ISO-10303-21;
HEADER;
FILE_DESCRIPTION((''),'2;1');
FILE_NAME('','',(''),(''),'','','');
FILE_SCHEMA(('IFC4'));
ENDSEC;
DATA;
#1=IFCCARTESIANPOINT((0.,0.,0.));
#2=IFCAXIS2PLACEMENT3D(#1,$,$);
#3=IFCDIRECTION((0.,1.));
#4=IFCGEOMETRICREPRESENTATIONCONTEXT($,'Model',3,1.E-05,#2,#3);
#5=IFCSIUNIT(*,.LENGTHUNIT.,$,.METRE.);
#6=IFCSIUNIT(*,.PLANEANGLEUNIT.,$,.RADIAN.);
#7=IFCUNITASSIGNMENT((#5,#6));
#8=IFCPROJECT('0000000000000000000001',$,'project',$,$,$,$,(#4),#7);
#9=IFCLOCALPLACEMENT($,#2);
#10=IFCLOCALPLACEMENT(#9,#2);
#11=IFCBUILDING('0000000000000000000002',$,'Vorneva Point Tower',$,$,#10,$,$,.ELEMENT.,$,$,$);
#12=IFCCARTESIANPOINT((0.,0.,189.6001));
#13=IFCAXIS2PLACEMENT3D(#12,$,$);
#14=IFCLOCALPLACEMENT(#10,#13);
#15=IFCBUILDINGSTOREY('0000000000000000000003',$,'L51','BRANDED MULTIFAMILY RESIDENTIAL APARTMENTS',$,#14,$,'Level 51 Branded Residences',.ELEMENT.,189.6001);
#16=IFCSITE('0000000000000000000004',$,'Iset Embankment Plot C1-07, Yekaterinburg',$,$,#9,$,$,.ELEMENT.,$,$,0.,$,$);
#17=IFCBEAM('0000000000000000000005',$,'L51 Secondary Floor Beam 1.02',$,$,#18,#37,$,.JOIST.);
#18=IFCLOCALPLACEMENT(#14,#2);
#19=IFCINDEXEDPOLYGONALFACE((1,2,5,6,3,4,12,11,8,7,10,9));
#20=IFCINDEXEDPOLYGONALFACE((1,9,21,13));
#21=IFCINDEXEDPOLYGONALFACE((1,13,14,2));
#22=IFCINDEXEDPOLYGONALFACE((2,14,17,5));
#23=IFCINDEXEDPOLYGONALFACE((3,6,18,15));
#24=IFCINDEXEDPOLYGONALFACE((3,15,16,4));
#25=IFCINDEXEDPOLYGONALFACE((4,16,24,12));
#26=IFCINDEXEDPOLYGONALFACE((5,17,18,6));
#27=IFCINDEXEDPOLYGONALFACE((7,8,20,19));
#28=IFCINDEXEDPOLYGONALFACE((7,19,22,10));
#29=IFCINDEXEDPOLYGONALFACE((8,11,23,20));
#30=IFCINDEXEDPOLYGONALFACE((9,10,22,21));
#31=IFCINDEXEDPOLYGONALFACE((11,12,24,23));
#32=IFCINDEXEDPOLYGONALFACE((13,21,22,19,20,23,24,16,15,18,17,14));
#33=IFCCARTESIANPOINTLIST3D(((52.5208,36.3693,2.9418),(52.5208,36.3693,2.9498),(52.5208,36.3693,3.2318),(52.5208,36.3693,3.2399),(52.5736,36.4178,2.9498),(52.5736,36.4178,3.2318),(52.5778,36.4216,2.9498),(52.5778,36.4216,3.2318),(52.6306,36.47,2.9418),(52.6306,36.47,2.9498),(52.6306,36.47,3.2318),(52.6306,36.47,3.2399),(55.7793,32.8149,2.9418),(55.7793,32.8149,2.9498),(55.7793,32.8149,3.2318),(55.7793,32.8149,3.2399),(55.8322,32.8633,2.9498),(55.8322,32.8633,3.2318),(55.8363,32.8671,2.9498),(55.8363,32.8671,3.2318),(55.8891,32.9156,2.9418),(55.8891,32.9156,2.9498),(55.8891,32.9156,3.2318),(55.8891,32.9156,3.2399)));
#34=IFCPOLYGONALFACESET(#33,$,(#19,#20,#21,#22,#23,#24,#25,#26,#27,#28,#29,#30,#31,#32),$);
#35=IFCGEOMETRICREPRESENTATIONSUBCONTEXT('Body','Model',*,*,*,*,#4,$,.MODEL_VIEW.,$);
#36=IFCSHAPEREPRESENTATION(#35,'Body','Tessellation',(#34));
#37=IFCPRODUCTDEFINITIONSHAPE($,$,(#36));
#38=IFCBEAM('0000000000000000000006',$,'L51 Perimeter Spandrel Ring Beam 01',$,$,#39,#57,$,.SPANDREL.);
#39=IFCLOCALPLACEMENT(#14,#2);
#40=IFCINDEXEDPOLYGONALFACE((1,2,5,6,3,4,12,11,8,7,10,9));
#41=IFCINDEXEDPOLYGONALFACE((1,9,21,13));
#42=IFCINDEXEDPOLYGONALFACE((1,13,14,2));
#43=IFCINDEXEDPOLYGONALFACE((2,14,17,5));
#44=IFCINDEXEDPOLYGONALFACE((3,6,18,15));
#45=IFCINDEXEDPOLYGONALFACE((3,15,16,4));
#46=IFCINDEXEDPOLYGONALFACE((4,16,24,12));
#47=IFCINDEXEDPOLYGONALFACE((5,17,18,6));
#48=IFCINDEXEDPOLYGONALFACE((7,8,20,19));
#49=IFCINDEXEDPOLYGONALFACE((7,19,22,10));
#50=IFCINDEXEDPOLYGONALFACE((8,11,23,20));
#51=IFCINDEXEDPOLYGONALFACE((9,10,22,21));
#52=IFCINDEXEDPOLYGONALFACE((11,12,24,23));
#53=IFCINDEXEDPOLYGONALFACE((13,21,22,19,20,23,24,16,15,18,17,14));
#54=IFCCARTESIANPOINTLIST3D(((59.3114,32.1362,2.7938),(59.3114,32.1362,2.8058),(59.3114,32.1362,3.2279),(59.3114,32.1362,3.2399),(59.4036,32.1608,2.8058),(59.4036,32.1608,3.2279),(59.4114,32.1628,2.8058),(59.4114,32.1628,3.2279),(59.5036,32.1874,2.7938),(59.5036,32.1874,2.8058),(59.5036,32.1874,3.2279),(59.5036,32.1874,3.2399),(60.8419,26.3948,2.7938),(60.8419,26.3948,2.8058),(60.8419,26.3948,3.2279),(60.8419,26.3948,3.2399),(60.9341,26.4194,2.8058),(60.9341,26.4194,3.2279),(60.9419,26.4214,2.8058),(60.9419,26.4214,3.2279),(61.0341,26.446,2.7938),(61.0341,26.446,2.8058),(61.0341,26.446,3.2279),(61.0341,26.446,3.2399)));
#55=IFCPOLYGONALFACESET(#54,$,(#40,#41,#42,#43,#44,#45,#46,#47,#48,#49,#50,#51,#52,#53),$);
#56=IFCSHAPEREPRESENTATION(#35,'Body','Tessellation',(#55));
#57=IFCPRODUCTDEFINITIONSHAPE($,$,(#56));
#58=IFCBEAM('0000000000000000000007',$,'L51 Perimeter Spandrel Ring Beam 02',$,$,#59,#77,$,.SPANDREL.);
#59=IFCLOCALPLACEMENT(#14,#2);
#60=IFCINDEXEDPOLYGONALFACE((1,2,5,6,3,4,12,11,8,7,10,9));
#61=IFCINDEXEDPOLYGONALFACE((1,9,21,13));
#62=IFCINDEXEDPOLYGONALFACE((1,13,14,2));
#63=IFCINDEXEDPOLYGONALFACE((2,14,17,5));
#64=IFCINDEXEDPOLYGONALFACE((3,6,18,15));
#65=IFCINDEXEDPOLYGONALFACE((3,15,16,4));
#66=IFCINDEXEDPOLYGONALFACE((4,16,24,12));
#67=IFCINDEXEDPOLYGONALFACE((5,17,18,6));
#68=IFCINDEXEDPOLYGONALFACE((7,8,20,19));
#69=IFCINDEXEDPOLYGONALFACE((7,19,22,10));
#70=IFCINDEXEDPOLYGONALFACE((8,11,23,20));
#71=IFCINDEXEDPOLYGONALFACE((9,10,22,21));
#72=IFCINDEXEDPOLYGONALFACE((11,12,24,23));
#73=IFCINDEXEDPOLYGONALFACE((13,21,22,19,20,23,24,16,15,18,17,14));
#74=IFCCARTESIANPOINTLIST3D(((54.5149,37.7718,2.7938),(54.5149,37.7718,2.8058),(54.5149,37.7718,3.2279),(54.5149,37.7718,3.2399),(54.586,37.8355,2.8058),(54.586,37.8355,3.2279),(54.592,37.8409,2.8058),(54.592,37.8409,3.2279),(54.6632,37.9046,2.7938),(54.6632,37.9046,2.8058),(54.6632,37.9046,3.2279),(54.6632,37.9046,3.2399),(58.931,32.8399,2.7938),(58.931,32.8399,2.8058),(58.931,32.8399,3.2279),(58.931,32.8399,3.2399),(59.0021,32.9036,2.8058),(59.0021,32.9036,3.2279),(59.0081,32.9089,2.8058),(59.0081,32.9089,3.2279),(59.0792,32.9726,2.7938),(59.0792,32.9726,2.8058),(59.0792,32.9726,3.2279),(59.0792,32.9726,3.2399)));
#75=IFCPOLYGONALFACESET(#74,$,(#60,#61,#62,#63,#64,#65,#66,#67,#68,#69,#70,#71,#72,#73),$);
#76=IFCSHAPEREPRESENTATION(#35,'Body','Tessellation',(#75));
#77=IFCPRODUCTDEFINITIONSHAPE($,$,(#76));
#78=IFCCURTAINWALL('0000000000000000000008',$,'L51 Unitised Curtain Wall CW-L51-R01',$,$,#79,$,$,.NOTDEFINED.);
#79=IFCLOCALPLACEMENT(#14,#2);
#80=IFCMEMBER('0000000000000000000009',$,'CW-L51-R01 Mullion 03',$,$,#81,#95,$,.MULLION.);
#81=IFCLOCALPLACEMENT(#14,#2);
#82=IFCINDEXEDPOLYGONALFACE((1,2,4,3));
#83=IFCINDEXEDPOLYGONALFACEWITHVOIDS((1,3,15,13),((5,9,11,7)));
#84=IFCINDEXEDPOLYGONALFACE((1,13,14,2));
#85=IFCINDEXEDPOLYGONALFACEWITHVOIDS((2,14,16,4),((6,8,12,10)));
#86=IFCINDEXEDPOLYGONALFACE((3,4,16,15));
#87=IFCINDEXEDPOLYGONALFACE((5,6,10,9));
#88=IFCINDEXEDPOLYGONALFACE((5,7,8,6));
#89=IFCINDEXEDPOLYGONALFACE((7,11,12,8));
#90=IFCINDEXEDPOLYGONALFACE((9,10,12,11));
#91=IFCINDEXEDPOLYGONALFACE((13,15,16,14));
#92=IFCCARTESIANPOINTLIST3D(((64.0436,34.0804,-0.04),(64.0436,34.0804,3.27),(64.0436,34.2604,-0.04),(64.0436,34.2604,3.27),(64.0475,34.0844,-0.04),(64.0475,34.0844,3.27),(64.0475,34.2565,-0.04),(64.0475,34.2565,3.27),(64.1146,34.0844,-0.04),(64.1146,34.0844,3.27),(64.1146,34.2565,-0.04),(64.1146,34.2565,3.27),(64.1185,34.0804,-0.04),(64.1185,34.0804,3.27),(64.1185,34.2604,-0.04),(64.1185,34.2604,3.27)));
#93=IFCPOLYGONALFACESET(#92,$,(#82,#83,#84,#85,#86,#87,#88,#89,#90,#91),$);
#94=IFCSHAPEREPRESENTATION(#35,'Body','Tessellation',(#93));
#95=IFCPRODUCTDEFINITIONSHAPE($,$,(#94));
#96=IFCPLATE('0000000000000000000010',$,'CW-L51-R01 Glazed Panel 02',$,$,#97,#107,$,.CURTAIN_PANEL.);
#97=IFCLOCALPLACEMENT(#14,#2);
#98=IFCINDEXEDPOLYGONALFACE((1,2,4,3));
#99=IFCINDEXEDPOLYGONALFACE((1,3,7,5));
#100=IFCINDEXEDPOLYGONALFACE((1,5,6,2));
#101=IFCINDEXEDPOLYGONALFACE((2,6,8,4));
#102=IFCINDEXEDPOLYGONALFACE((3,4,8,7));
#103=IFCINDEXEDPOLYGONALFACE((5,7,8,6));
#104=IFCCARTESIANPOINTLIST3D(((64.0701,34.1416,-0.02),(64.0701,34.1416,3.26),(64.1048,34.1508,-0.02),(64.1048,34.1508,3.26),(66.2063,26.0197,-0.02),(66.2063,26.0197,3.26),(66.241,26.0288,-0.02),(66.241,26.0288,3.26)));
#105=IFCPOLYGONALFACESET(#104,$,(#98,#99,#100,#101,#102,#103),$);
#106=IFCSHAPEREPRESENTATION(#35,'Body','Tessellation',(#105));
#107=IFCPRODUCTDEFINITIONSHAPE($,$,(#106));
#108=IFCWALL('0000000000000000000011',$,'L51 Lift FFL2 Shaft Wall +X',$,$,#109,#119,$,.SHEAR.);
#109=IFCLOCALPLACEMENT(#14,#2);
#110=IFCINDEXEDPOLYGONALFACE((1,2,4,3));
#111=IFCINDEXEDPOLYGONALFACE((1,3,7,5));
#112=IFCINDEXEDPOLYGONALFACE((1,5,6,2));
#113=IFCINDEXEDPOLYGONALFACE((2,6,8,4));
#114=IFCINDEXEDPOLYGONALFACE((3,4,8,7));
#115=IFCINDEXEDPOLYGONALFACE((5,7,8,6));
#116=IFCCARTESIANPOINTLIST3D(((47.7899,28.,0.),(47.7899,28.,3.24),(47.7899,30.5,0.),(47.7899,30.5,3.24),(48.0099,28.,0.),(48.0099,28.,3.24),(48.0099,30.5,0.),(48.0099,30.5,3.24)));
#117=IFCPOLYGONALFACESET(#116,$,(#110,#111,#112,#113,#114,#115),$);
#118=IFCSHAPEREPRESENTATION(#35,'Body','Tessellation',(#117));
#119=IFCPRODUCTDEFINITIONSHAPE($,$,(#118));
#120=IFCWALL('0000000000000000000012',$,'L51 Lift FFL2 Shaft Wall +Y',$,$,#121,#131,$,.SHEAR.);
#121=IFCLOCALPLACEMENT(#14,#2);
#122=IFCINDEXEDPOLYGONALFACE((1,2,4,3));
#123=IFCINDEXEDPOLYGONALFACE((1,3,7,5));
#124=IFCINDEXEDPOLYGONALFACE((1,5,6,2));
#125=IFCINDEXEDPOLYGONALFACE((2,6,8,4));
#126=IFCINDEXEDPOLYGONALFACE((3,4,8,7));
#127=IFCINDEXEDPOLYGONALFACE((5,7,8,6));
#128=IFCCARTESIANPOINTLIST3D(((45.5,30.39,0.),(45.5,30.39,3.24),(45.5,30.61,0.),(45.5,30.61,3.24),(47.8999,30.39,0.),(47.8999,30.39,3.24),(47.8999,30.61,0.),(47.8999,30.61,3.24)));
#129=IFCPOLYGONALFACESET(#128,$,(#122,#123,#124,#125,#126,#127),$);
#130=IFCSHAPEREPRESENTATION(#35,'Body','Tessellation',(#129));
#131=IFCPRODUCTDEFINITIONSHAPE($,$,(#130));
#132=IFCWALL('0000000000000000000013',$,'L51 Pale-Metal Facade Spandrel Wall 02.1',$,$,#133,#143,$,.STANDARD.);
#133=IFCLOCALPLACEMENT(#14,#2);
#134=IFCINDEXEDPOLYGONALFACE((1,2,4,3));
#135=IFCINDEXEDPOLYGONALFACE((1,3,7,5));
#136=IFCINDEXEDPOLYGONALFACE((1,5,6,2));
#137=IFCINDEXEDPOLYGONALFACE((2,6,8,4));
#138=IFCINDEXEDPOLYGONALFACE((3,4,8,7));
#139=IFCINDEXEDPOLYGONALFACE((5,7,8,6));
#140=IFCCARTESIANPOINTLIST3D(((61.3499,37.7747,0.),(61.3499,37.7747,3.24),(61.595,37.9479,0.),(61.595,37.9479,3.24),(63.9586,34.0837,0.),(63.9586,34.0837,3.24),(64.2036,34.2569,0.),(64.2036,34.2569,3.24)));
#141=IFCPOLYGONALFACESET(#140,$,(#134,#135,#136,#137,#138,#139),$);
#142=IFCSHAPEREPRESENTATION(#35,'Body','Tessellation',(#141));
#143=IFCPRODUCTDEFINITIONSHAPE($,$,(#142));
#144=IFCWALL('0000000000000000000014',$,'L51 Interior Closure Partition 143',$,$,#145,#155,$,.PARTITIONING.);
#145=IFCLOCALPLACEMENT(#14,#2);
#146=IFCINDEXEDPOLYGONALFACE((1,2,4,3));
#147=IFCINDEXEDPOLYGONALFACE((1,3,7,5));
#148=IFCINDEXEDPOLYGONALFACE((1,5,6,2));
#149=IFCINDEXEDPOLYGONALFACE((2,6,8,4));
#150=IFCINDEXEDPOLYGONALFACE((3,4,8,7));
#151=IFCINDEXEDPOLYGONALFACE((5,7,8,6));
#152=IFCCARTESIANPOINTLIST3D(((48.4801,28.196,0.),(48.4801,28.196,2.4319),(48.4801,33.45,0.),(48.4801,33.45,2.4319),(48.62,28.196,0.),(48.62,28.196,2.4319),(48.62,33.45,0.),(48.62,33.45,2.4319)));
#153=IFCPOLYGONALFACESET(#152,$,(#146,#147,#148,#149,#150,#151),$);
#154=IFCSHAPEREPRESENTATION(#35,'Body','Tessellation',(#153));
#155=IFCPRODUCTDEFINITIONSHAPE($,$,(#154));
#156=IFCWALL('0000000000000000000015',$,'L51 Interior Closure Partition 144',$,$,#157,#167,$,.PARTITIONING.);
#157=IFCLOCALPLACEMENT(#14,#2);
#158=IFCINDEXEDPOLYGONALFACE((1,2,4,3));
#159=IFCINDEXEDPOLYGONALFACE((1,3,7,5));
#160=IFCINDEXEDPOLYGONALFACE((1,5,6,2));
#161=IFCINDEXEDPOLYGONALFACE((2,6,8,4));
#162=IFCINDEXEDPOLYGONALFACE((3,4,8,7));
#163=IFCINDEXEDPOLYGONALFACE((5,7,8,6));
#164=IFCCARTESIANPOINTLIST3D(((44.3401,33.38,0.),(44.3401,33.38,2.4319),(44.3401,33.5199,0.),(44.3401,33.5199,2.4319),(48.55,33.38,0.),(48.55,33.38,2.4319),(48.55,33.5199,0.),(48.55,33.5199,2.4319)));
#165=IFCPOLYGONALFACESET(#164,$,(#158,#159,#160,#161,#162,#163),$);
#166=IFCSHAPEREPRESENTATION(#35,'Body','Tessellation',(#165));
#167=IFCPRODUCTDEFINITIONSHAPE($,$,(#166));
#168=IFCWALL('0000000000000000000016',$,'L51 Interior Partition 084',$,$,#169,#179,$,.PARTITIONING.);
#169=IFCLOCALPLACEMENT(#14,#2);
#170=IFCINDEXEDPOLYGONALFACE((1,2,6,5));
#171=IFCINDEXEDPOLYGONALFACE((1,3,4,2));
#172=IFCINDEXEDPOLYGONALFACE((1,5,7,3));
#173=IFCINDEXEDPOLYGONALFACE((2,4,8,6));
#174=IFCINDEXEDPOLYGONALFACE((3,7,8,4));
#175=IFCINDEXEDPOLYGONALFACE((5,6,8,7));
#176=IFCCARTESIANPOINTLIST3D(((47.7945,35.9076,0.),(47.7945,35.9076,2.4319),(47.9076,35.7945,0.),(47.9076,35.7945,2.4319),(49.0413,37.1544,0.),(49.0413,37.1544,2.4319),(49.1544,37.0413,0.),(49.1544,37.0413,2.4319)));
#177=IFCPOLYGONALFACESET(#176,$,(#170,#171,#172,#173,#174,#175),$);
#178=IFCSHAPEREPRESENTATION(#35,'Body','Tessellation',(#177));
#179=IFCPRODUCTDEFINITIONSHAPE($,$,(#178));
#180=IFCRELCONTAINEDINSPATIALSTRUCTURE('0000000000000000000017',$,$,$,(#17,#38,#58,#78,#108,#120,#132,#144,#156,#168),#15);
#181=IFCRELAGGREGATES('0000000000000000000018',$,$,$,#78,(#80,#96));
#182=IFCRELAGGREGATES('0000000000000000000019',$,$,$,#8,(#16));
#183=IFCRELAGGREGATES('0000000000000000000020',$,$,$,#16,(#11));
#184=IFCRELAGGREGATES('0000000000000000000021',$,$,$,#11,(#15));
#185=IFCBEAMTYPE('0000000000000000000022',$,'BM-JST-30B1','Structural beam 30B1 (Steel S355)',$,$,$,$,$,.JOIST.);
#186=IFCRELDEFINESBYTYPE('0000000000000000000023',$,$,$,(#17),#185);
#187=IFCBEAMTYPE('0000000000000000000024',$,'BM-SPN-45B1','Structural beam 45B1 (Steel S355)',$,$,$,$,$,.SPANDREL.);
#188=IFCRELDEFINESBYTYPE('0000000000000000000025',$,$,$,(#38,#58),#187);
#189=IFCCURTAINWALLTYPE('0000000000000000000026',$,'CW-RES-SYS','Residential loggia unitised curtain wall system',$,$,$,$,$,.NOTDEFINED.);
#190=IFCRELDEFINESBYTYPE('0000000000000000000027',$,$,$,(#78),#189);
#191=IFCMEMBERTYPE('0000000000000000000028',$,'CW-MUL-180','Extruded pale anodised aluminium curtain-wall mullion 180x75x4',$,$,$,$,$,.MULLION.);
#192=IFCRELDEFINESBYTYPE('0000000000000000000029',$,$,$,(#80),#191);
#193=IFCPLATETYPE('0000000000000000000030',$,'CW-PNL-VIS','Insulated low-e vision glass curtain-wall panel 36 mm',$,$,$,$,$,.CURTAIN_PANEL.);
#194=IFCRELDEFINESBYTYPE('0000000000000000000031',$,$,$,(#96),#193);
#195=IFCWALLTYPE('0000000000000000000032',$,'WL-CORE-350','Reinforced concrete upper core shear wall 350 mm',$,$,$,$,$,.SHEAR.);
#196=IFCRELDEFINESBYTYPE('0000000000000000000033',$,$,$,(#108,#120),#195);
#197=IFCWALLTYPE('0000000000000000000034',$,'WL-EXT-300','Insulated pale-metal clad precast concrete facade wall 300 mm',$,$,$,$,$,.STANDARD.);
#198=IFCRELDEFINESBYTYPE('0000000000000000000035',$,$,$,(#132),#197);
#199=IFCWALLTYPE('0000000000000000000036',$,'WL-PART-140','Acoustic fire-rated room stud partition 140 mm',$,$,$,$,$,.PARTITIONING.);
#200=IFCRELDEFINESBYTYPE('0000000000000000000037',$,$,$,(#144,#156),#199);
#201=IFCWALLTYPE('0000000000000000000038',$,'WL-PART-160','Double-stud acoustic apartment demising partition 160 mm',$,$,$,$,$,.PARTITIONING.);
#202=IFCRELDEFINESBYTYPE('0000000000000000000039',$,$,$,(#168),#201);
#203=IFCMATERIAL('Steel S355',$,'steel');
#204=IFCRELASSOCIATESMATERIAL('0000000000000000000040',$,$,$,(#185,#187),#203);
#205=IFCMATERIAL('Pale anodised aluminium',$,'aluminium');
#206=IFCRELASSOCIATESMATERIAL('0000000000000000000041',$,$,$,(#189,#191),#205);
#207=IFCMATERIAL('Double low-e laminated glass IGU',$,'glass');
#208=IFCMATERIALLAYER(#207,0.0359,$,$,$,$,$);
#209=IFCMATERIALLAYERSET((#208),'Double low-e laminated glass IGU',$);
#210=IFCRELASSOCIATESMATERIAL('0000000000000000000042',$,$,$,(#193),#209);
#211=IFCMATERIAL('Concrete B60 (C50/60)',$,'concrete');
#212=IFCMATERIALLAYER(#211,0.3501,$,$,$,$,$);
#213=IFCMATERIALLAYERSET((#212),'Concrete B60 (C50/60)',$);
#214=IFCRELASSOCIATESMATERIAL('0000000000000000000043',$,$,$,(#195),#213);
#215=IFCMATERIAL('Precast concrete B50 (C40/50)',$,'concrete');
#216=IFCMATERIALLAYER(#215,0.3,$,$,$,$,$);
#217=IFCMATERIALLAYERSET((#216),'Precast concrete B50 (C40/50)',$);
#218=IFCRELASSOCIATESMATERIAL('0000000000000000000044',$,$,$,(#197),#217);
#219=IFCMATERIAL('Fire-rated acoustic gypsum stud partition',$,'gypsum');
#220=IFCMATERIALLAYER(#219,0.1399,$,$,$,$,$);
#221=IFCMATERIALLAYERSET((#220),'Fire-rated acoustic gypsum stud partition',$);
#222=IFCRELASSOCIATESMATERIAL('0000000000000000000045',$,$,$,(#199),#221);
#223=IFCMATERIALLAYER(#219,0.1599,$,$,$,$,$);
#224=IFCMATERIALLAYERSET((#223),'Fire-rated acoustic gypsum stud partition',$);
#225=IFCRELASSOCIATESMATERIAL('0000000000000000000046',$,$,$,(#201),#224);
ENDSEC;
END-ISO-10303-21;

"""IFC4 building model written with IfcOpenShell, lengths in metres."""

from ifc_helpers import new_model, si_unit, direction, frame, frame_2d, origin, origin_2d, place, context, subcontext, project, spatial, rectangle, hollow_rectangle, i_section, extrude, material, layer, layer_set, material_profile, profile_set, type_object, element, aggregate, save


model = new_model("IFC4")

# Units and contexts
model_context = context("Model", 3, precision=1e-05, world=origin(), true_north=direction((0.0, 1.0)))
body_context = subcontext(model_context, "Body", "Model", "MODEL_VIEW")
ifc_project = project(units=[si_unit("LENGTHUNIT", "METRE"), si_unit("PLANEANGLEUNIT", "RADIAN")], contexts=[model_context])

# Site, building, storey
site_placement = place(None, origin())
site = spatial("IfcSite", under=ifc_project, at=site_placement, Name="Iset Embankment Plot C1-07, Yekaterinburg", CompositionType="ELEMENT", RefElevation=0.0)
building_placement = place(site_placement, origin())
building = spatial("IfcBuilding", under=site, at=building_placement, Name="Vorneva Point Tower", CompositionType="ELEMENT")
storey_placement = place(building_placement, frame((0.0, 0.0, 189.6001)))
storey = spatial("IfcBuildingStorey", under=building, at=storey_placement, Name="L51", Description="BRANDED MULTIFAMILY RESIDENTIAL APARTMENTS", LongName="Level 51 Branded Residences", CompositionType="ELEMENT", Elevation=189.6001)

# Beams
ifc_material_1 = material(Name="Steel S355", Category="steel")
ifc_material_profile_1 = material_profile(ifc_material_1, i_section(OverallWidth=0.1489, OverallDepth=0.2981, WebThickness=0.0056, FlangeThickness=0.0081, at=origin_2d()), Name="30B1")
ifc_profile_set_1 = profile_set([ifc_material_profile_1], Name="Steel S355")
beam_type_1 = type_object("IfcBeamType", Name="BM-JST-30B1", Description="Structural beam 30B1 (Steel S355)", PredefinedType="JOIST", material=ifc_profile_set_1)
beam_1_placement = place(storey_placement, frame((55.8342, 32.8652, 3.0908), z_axis=(-0.675759, 0.737123, 0.0), x_axis=(-0.737123, -0.675759, 0.0)))
element("IfcBeam", 1, at=beam_1_placement, inside=storey, type_object=beam_type_1, Name="L51 Secondary Floor Beam 1.02", PredefinedType="JOIST", context=body_context, shape_type="SweptSolid", body=[
    extrude(i_section(OverallWidth=0.1489, OverallDepth=0.2981, WebThickness=0.0056, FlangeThickness=0.0081, at=origin_2d()), origin(), (0.0, 0.0, 1.0), 4.822),
])
ifc_material_profile_2 = material_profile(ifc_material_1, i_section(OverallWidth=0.199, OverallDepth=0.446, WebThickness=0.0081, FlangeThickness=0.012, at=origin_2d()), Name="45B1")
ifc_profile_set_2 = profile_set([ifc_material_profile_2], Name="Steel S355")
beam_type_2 = type_object("IfcBeamType", Name="BM-SPN-45B1", Description="Structural beam 45B1 (Steel S355)", PredefinedType="SPANDREL", material=ifc_profile_set_2)
beam_2_placement = place(storey_placement, frame((60.938, 26.4204, 3.0168), z_axis=(-0.257578, 0.966257, 0.0), x_axis=(-0.966257, -0.257578, 0.0)))
element("IfcBeam", 2, at=beam_2_placement, inside=storey, type_object=beam_type_2, Name="L51 Perimeter Spandrel Ring Beam 01", PredefinedType="SPANDREL", context=body_context, shape_type="SweptSolid", body=[
    extrude(i_section(OverallWidth=0.199, OverallDepth=0.446, WebThickness=0.0081, FlangeThickness=0.012, at=origin_2d()), origin(), (0.0, 0.0, 1.0), 5.9419),
])
beam_3_placement = place(storey_placement, frame((59.0051, 32.9062, 3.0168), z_axis=(-0.66707, 0.744995, 0.0), x_axis=(-0.744995, -0.66707, 0.0)))
element("IfcBeam", 3, at=beam_3_placement, inside=storey, type_object=beam_type_2, Name="L51 Perimeter Spandrel Ring Beam 02", PredefinedType="SPANDREL", context=body_context, shape_type="SweptSolid", body=[
    extrude(i_section(OverallWidth=0.199, OverallDepth=0.446, WebThickness=0.0081, FlangeThickness=0.012, at=origin_2d()), origin(), (0.0, 0.0, 1.0), 6.6201),
])

# Curtain wall, member, plate
ifc_material_2 = material(Name="Pale anodised aluminium", Category="aluminium")
curtain_wall_type = type_object("IfcCurtainWallType", Name="CW-RES-SYS", Description="Residential loggia unitised curtain wall system", PredefinedType="NOTDEFINED", material=ifc_material_2)
curtain_wall_placement = place(storey_placement, origin())
curtain_wall = element("IfcCurtainWall", 4, at=curtain_wall_placement, inside=storey, type_object=curtain_wall_type, Name="L51 Unitised Curtain Wall CW-L51-R01", PredefinedType="NOTDEFINED")
ifc_material_profile_3 = material_profile(ifc_material_2, hollow_rectangle(XDim=0.075, YDim=0.1799, WallThickness=0.0039, at=origin_2d()), Name="AL-MUL 180x75x4")
ifc_profile_set_3 = profile_set([ifc_material_profile_3], Name="Pale anodised aluminium")
member_type = type_object("IfcMemberType", Name="CW-MUL-180", Description="Extruded pale anodised aluminium curtain-wall mullion 180x75x4", PredefinedType="MULLION", material=ifc_profile_set_3)
member_placement = place(storey_placement, frame((64.0811, 34.1704, -0.04), z_axis=(0.0, 0.0, 1.0), x_axis=(1.0, 0.0, 0.0)))
member = element("IfcMember", 5, at=member_placement, type_object=member_type, Name="CW-L51-R01 Mullion 03", PredefinedType="MULLION", context=body_context, shape_type="SweptSolid", body=[
    extrude(hollow_rectangle(XDim=0.075, YDim=0.1799, WallThickness=0.0039, at=origin_2d()), origin(), (0.0, 0.0, 1.0), 3.3101),
])
ifc_material_3 = material(Name="Double low-e laminated glass IGU", Category="glass")
ifc_layer_1 = layer(ifc_material_3, 0.0359)
ifc_layer_set_1 = layer_set([ifc_layer_1], Name="Double low-e laminated glass IGU")
plate_type = type_object("IfcPlateType", Name="CW-PNL-VIS", Description="Insulated low-e vision glass curtain-wall panel 36 mm", PredefinedType="CURTAIN_PANEL", material=ifc_layer_set_1)
plate_placement = place(storey_placement, frame((65.1555, 30.0852, -0.02), z_axis=(0.0, 0.0, 1.0), x_axis=(-0.254366, 0.967108, 0.0)))
plate = element("IfcPlate", 6, at=plate_placement, type_object=plate_type, Name="CW-L51-R01 Glazed Panel 02", PredefinedType="CURTAIN_PANEL", context=body_context, shape_type="SweptSolid", body=[
    extrude(rectangle(XDim=8.3982, YDim=0.0359, at=origin_2d()), origin(), (0.0, 0.0, 1.0), 3.28),
])
aggregate(curtain_wall, [member, plate])

# Walls
ifc_material_4 = material(Name="Concrete B60 (C50/60)", Category="concrete")
ifc_layer_2 = layer(ifc_material_4, 0.3501)
ifc_layer_set_2 = layer_set([ifc_layer_2], Name="Concrete B60 (C50/60)")
wall_type_1 = type_object("IfcWallType", Name="WL-CORE-350", Description="Reinforced concrete upper core shear wall 350 mm", PredefinedType="SHEAR", material=ifc_layer_set_2)
wall_1_placement = place(storey_placement, frame((47.8999, 28.0, 0.0), z_axis=(0.0, 0.0, 1.0), x_axis=(0.0, 1.0, 0.0)))
element("IfcWall", 7, at=wall_1_placement, inside=storey, type_object=wall_type_1, Name="L51 Lift FFL2 Shaft Wall +X", PredefinedType="SHEAR", context=body_context, shape_type="SweptSolid", body=[
    extrude(rectangle(XDim=2.5, YDim=0.22, at=frame_2d((1.25, 0.0))), origin(), (0.0, 0.0, 1.0), 3.24),
])
wall_2_placement = place(storey_placement, frame((47.8999, 30.5, 0.0), z_axis=(0.0, 0.0, 1.0), x_axis=(-1.0, 0.0, 0.0)))
element("IfcWall", 8, at=wall_2_placement, inside=storey, type_object=wall_type_1, Name="L51 Lift FFL2 Shaft Wall +Y", PredefinedType="SHEAR", context=body_context, shape_type="SweptSolid", body=[
    extrude(rectangle(XDim=2.3999, YDim=0.22, at=frame_2d((1.2, 0.0))), origin(), (0.0, 0.0, 1.0), 3.24),
])
ifc_material_5 = material(Name="Precast concrete B50 (C40/50)", Category="concrete")
ifc_layer_3 = layer(ifc_material_5, 0.3)
ifc_layer_set_3 = layer_set([ifc_layer_3], Name="Precast concrete B50 (C40/50)")
wall_type_2 = type_object("IfcWallType", Name="WL-EXT-300", Description="Insulated pale-metal clad precast concrete facade wall 300 mm", PredefinedType="STANDARD", material=ifc_layer_set_3)
wall_3_placement = place(storey_placement, frame((64.0811, 34.1704, 0.0), z_axis=(0.0, 0.0, 1.0), x_axis=(-0.577169, 0.816625, 0.0)))
element("IfcWall", 9, at=wall_3_placement, inside=storey, type_object=wall_type_2, Name="L51 Pale-Metal Facade Spandrel Wall 02.1", PredefinedType="STANDARD", context=body_context, shape_type="SweptSolid", body=[
    extrude(rectangle(XDim=4.5198, YDim=0.3, at=frame_2d((2.2598, 0.0))), origin(), (0.0, 0.0, 1.0), 3.24),
])
ifc_material_6 = material(Name="Fire-rated acoustic gypsum stud partition", Category="gypsum")
ifc_layer_4 = layer(ifc_material_6, 0.1399)
ifc_layer_set_4 = layer_set([ifc_layer_4], Name="Fire-rated acoustic gypsum stud partition")
wall_type_3 = type_object("IfcWallType", Name="WL-PART-140", Description="Acoustic fire-rated room stud partition 140 mm", PredefinedType="PARTITIONING", material=ifc_layer_set_4)
wall_4_placement = place(storey_placement, frame((48.55, 28.196, 0.0), z_axis=(0.0, 0.0, 1.0), x_axis=(0.0, 1.0, 0.0)))
element("IfcWall", 10, at=wall_4_placement, inside=storey, type_object=wall_type_3, Name="L51 Interior Closure Partition 143", PredefinedType="PARTITIONING", context=body_context, shape_type="SweptSolid", body=[
    extrude(rectangle(XDim=5.2539, YDim=0.1399, at=frame_2d((2.627, 0.0))), origin(), (0.0, 0.0, 1.0), 2.4319),
])
wall_5_placement = place(storey_placement, frame((48.55, 33.45, 0.0), z_axis=(0.0, 0.0, 1.0), x_axis=(-1.0, 0.0, 0.0)))
element("IfcWall", 11, at=wall_5_placement, inside=storey, type_object=wall_type_3, Name="L51 Interior Closure Partition 144", PredefinedType="PARTITIONING", context=body_context, shape_type="SweptSolid", body=[
    extrude(rectangle(XDim=4.21, YDim=0.1399, at=frame_2d((2.105, 0.0))), origin(), (0.0, 0.0, 1.0), 2.4319),
])
ifc_layer_5 = layer(ifc_material_6, 0.1599)
ifc_layer_set_5 = layer_set([ifc_layer_5], Name="Fire-rated acoustic gypsum stud partition")
wall_type_4 = type_object("IfcWallType", Name="WL-PART-160", Description="Double-stud acoustic apartment demising partition 160 mm", PredefinedType="PARTITIONING", material=ifc_layer_set_5)
wall_6_placement = place(storey_placement, frame((47.8511, 35.8511, 0.0), z_axis=(0.0, 0.0, 1.0), x_axis=(0.707107, 0.707107, 0.0)))
element("IfcWall", 12, at=wall_6_placement, inside=storey, type_object=wall_type_4, Name="L51 Interior Partition 084", PredefinedType="PARTITIONING", context=body_context, shape_type="SweptSolid", body=[
    extrude(rectangle(XDim=1.7632, YDim=0.1599, at=frame_2d((0.8816, 0.0))), origin(), (0.0, 0.0, 1.0), 2.4319),
])

save(model, "model.ifc")
